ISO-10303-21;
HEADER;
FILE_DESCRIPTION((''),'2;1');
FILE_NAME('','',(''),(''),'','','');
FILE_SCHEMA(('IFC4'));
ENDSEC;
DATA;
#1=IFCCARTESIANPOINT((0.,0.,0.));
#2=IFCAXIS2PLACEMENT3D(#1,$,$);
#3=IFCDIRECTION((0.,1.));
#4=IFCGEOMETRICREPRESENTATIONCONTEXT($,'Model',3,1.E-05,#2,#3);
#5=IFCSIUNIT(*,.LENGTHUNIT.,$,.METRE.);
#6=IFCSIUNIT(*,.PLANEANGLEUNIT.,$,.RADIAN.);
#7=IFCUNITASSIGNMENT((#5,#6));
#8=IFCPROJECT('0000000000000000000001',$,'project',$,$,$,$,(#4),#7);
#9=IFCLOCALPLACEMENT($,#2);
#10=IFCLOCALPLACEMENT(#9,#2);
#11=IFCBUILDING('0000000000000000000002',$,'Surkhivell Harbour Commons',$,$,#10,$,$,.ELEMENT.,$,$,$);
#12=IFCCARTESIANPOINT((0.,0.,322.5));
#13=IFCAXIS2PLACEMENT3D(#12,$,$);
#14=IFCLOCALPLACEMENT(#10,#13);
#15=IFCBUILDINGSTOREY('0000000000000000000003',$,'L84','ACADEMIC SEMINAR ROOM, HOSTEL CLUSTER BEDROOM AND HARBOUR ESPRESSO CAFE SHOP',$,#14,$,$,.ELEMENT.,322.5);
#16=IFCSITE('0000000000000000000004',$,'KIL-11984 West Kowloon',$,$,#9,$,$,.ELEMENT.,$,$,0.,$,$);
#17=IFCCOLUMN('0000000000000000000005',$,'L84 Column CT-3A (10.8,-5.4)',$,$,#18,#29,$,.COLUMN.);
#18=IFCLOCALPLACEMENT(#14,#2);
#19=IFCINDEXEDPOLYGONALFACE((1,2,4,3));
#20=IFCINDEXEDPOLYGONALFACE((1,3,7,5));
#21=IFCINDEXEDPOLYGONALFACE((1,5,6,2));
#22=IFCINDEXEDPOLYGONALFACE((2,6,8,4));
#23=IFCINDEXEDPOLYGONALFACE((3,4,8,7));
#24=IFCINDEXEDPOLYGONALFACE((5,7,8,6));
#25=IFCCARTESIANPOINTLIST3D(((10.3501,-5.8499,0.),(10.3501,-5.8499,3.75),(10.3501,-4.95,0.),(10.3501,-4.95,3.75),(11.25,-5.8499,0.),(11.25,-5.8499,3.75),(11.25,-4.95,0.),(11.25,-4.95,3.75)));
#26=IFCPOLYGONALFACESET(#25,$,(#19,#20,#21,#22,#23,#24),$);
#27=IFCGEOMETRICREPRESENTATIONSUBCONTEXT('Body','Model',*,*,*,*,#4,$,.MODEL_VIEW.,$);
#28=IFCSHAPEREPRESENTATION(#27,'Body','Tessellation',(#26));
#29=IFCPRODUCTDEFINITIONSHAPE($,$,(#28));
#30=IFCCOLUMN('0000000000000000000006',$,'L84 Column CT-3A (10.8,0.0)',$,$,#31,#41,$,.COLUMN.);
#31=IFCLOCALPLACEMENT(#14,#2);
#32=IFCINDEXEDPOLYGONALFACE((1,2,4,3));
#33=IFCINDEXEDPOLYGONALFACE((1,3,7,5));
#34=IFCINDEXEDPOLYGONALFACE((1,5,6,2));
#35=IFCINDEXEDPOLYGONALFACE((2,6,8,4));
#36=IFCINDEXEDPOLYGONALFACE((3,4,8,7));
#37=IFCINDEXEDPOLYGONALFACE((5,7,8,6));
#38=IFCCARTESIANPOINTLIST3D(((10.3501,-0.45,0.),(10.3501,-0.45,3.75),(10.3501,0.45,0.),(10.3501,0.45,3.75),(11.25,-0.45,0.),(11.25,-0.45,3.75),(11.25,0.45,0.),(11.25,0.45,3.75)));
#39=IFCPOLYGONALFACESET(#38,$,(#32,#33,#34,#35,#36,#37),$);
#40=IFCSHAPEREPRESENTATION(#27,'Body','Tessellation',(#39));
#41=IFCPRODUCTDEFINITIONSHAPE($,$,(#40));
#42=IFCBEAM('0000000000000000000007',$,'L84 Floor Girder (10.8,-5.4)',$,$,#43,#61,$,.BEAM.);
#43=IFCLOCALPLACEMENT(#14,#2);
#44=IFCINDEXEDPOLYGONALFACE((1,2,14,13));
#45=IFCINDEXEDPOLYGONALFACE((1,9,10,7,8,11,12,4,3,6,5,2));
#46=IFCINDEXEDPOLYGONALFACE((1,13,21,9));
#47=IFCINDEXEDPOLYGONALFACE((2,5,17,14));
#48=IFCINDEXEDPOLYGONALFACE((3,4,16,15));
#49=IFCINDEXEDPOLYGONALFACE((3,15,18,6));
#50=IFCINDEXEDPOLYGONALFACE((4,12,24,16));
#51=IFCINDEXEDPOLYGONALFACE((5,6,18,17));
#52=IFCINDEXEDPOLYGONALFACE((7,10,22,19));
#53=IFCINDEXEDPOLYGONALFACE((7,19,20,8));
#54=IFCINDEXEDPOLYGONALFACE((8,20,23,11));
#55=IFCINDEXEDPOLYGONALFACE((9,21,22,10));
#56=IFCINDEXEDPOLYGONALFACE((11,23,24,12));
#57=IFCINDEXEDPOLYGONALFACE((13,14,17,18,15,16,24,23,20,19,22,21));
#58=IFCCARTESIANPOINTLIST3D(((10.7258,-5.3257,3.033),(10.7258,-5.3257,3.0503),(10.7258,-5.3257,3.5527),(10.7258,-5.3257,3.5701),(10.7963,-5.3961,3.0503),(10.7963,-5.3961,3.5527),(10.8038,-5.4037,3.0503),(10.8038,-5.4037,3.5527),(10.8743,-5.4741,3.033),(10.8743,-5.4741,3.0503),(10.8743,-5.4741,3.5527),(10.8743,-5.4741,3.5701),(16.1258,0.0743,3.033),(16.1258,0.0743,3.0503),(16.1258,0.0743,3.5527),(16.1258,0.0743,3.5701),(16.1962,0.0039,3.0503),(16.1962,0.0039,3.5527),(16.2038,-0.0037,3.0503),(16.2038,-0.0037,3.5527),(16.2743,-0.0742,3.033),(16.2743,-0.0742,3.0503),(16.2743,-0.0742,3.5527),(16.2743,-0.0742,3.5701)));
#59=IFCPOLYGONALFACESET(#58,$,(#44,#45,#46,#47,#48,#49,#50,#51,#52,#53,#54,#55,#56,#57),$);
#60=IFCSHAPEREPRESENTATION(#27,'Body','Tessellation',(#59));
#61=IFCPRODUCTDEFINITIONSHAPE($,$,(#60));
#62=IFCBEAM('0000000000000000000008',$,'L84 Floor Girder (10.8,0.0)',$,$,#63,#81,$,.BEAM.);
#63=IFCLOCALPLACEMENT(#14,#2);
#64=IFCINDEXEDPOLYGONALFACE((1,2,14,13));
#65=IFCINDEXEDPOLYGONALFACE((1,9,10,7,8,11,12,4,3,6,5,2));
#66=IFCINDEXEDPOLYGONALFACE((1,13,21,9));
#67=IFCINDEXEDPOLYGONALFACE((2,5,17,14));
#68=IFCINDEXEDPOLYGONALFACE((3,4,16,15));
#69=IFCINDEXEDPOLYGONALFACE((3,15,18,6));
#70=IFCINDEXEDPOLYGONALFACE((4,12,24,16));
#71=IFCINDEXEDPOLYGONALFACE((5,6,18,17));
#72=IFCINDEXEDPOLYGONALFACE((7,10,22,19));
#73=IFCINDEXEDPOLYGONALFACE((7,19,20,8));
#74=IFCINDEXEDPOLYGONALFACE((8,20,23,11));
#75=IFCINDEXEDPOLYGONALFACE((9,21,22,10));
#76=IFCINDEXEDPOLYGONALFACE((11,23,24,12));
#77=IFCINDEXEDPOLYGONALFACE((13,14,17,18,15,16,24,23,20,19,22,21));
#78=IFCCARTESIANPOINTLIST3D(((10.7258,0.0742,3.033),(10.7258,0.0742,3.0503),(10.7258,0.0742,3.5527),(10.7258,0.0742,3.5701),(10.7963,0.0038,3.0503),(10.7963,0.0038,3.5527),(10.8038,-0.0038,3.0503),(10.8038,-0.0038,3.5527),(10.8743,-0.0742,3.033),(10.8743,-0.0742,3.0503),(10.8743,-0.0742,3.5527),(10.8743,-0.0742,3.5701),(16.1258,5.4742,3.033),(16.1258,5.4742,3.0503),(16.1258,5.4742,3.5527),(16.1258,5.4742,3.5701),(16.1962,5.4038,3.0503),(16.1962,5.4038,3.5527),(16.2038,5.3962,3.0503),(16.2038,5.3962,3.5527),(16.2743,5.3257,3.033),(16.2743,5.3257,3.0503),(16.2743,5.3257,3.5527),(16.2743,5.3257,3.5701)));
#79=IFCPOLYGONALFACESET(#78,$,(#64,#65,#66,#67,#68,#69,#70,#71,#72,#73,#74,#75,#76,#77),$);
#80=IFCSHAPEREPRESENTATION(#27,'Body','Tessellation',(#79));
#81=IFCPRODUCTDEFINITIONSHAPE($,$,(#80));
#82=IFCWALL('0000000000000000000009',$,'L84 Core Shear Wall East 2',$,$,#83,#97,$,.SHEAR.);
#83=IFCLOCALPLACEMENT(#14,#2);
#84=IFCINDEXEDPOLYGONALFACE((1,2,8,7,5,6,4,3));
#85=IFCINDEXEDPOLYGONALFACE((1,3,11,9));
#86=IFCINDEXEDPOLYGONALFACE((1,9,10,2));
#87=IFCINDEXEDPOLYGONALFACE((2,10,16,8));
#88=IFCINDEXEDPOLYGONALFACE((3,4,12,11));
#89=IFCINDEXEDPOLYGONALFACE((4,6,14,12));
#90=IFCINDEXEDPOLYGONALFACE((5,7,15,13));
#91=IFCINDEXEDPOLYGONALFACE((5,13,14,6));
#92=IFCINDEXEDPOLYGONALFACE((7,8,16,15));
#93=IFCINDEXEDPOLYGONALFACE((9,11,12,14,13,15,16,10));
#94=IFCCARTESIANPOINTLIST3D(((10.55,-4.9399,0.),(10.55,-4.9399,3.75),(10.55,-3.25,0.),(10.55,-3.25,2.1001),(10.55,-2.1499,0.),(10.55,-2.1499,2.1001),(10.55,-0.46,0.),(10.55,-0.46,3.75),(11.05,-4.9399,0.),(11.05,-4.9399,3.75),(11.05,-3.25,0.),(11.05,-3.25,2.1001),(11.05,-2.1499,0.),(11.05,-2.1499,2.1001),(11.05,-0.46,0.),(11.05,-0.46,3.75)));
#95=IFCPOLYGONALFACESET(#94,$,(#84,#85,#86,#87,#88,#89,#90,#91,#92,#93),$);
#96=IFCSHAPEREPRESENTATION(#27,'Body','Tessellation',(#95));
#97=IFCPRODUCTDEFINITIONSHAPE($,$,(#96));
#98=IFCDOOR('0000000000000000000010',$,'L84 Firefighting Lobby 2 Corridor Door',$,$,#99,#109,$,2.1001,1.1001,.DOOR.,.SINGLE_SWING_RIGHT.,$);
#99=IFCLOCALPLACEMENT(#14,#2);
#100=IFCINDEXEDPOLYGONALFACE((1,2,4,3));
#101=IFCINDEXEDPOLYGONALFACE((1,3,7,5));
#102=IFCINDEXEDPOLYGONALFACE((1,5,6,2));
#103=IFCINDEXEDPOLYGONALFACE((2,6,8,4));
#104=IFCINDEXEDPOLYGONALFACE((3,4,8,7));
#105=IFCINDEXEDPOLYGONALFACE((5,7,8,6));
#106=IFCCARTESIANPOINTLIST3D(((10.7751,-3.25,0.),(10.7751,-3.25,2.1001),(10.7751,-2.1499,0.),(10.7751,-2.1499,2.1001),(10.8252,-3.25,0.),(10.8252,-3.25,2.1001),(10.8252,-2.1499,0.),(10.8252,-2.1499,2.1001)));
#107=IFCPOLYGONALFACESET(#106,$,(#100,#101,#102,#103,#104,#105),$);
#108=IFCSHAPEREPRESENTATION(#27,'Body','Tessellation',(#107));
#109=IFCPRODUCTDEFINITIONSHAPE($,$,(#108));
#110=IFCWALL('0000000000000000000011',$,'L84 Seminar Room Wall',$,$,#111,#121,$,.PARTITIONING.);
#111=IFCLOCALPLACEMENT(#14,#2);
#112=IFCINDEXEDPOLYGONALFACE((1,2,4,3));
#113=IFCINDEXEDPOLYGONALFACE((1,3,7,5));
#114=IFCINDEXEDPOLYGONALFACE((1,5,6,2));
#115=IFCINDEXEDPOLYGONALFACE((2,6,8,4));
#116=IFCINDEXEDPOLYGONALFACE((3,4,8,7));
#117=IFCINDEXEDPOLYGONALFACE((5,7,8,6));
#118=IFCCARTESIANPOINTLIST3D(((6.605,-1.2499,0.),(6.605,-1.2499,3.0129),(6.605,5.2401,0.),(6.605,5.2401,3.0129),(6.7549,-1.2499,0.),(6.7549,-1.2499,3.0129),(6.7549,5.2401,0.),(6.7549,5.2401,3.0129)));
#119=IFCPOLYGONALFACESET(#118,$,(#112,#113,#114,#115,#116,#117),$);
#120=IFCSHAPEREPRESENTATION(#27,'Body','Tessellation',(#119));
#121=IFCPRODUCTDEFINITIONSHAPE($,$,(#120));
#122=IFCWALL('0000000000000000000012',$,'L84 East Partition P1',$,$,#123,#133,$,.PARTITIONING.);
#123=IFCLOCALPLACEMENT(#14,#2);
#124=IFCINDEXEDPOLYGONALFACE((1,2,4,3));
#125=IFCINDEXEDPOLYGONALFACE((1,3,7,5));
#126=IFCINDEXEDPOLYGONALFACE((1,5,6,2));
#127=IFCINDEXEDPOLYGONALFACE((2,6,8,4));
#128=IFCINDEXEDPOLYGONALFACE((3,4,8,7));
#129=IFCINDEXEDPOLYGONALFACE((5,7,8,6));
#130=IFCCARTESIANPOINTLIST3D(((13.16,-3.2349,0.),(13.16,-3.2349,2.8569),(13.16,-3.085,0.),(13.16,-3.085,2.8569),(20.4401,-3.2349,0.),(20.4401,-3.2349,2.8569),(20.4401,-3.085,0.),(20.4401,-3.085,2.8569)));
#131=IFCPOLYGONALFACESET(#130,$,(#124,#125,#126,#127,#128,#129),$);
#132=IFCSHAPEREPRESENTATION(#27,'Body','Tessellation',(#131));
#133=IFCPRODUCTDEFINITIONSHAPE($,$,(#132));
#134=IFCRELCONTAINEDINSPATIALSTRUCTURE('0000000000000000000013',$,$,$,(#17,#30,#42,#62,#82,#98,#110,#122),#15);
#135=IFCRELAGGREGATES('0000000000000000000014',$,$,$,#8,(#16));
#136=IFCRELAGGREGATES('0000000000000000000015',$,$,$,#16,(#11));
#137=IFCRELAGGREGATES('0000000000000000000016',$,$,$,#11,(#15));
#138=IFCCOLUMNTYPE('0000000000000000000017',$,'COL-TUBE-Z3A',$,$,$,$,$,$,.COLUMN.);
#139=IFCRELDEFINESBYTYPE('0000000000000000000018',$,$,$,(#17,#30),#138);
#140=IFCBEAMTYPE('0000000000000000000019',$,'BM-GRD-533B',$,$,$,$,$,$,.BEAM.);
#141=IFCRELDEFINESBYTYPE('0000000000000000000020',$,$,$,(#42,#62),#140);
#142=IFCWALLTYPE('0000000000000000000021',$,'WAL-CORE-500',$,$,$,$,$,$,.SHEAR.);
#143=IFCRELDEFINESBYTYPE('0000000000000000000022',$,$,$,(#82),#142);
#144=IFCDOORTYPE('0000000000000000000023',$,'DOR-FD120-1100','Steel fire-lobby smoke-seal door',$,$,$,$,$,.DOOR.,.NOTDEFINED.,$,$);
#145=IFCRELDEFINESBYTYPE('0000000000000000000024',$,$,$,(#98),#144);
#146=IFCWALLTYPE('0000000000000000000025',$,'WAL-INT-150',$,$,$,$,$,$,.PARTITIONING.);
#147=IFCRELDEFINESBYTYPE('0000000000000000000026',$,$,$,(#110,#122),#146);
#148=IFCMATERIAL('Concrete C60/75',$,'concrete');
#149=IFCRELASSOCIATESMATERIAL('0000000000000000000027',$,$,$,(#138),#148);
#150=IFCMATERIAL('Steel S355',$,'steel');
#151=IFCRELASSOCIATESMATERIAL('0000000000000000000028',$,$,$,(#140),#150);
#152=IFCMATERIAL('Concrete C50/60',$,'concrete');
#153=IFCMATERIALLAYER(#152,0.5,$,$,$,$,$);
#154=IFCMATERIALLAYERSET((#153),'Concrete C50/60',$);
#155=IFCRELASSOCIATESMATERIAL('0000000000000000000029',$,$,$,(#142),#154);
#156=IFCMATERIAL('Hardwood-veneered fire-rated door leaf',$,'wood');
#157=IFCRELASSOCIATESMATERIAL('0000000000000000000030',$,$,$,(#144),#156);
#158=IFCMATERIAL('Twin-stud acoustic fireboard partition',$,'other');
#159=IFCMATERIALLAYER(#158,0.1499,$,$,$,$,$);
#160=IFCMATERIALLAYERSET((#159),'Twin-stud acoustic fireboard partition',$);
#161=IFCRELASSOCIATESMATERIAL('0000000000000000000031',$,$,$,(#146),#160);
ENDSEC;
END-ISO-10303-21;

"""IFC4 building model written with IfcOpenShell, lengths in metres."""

from ifc_helpers import new_model, si_unit, direction, frame, frame_2d, origin, origin_2d, place, context, subcontext, project, spatial, rectangle, i_section, extrude, material, layer, layer_set, material_profile, profile_set, type_object, element, fill, save


model = new_model("IFC4")

# Units and contexts
model_context = context("Model", 3, precision=1e-05, world=origin(), true_north=direction((0.0, 1.0)))
body_context = subcontext(model_context, "Body", "Model", "MODEL_VIEW")
ifc_project = project(units=[si_unit("LENGTHUNIT", "METRE"), si_unit("PLANEANGLEUNIT", "RADIAN")], contexts=[model_context])

# Site, building, storey
site_placement = place(None, origin())
site = spatial("IfcSite", under=ifc_project, at=site_placement, Name="KIL-11984 West Kowloon", CompositionType="ELEMENT", RefElevation=0.0)
building_placement = place(site_placement, origin())
building = spatial("IfcBuilding", under=site, at=building_placement, Name="Surkhivell Harbour Commons", CompositionType="ELEMENT")
storey_placement = place(building_placement, frame((0.0, 0.0, 322.5)))
storey = spatial("IfcBuildingStorey", under=building, at=storey_placement, Name="L84", Description="ACADEMIC SEMINAR ROOM, HOSTEL CLUSTER BEDROOM AND HARBOUR ESPRESSO CAFE SHOP", CompositionType="ELEMENT", Elevation=322.5)

# Columns
ifc_material_1 = material(Name="Concrete C60/75", Category="concrete")
ifc_material_profile_1 = material_profile(ifc_material_1, rectangle(XDim=0.8999, YDim=0.8999, at=origin_2d()), Name="RC-COL-900x900")
ifc_profile_set_1 = profile_set([ifc_material_profile_1], Name="Concrete C60/75")
column_type = type_object("IfcColumnType", Name="COL-TUBE-Z3A", PredefinedType="COLUMN", material=ifc_profile_set_1)
for number, where, z_axis, x_axis, name in (
    (1, (10.8, -5.3999, 0.0), (0.0, 0.0, 1.0), (1.0, 0.0, 0.0), "L84 Column CT-3A (10.8,-5.4)"),
    (2, (10.8, 0.0, 0.0), (0.0, 0.0, 1.0), (1.0, 0.0, 0.0), "L84 Column CT-3A (10.8,0.0)"),
):
    element("IfcColumn", number, at=place(storey_placement, frame(where, z_axis=z_axis, x_axis=x_axis)), inside=storey, type_object=column_type, Name=name, PredefinedType="COLUMN", context=body_context, shape_type="SweptSolid", body=[
        extrude(rectangle(XDim=0.8999, YDim=0.8999, at=origin_2d()), origin(), (0.0, 0.0, 1.0), 3.75),
    ])

# Beams
ifc_material_2 = material(Name="Steel S355", Category="steel")
ifc_material_profile_2 = material_profile(ifc_material_2, i_section(OverallWidth=0.21, OverallDepth=0.5371, WebThickness=0.0107, FlangeThickness=0.0173, at=origin_2d()), Name="UB533x210x101")
ifc_profile_set_2 = profile_set([ifc_material_profile_2], Name="Steel S355")
beam_type = type_object("IfcBeamType", Name="BM-GRD-533B", PredefinedType="BEAM", material=ifc_profile_set_2)
for number, where, z_axis, x_axis, name in (
    (3, (10.8, -5.3999, 3.3015), (0.707107, 0.707107, 0.0), (-0.707107, 0.707107, 0.0), "L84 Floor Girder (10.8,-5.4)"),
    (4, (10.8, 0.0, 3.3015), (0.707107, 0.707107, 0.0), (-0.707107, 0.707107, 0.0), "L84 Floor Girder (10.8,0.0)"),
):
    element("IfcBeam", number, at=place(storey_placement, frame(where, z_axis=z_axis, x_axis=x_axis)), inside=storey, type_object=beam_type, Name=name, PredefinedType="BEAM", context=body_context, shape_type="SweptSolid", body=[
        extrude(i_section(OverallWidth=0.21, OverallDepth=0.5371, WebThickness=0.0107, FlangeThickness=0.0173, at=origin_2d()), origin(), (0.0, 0.0, 1.0), 7.6367),
    ])

# Wall, opening, door
ifc_material_3 = material(Name="Concrete C50/60", Category="concrete")
ifc_layer_1 = layer(ifc_material_3, 0.5)
ifc_layer_set_1 = layer_set([ifc_layer_1], Name="Concrete C50/60")
wall_type_1 = type_object("IfcWallType", Name="WAL-CORE-500", PredefinedType="SHEAR", material=ifc_layer_set_1)
wall_1_placement = place(storey_placement, frame((10.8, -4.9399, 0.0), z_axis=(0.0, 0.0, 1.0), x_axis=(0.0, 1.0, 0.0)))
wall_1 = element("IfcWall", 5, at=wall_1_placement, inside=storey, type_object=wall_type_1, Name="L84 Core Shear Wall East 2", PredefinedType="SHEAR", context=body_context, shape_type="SweptSolid", body=[
    extrude(rectangle(XDim=4.48, YDim=0.5, at=frame_2d((2.24, 0.0))), origin(), (0.0, 0.0, 1.0), 3.75),
])
opening_1_placement = place(wall_1_placement, frame((1.6899, 0.0, 0.0)))
opening_1 = element("IfcOpeningElement", 6, at=opening_1_placement, cuts=wall_1, PredefinedType="OPENING", context=body_context, shape_type="SweptSolid", body=[
    extrude(rectangle(XDim=1.1001, YDim=2.1001, at=frame_2d((0.55, 1.05))), frame((0.0, 0.26, 0.0), z_axis=(0.0, -1.0, 0.0), x_axis=(1.0, 0.0, 0.0)), (0.0, 0.0, 1.0), 0.52),
])
ifc_material_4 = material(Name="Hardwood-veneered fire-rated door leaf", Category="wood")
door_type_1 = type_object("IfcDoorType", Name="DOR-FD120-1100", Description="Steel fire-lobby smoke-seal door", OperationType="NOTDEFINED", PredefinedType="DOOR", material=ifc_material_4)
door_1_placement = place(opening_1_placement, origin())
door_1 = element("IfcDoor", 7, at=door_1_placement, inside=storey, type_object=door_type_1, Name="L84 Firefighting Lobby 2 Corridor Door", OperationType="SINGLE_SWING_RIGHT", OverallHeight=2.1001, OverallWidth=1.1001, PredefinedType="DOOR", context=body_context, shape_type="SweptSolid", body=[
    extrude(rectangle(XDim=1.1001, YDim=2.1001, at=frame_2d((0.55, 1.05))), frame((0.0, 0.0249, 0.0), z_axis=(0.0, -1.0, 0.0), x_axis=(1.0, 0.0, 0.0)), (0.0, 0.0, 1.0), 0.05),
])
fill(opening_1, door_1)

# Walls
ifc_material_5 = material(Name="Twin-stud acoustic fireboard partition", Category="other")
ifc_layer_2 = layer(ifc_material_5, 0.1499)
ifc_layer_set_2 = layer_set([ifc_layer_2], Name="Twin-stud acoustic fireboard partition")
wall_type_2 = type_object("IfcWallType", Name="WAL-INT-150", PredefinedType="PARTITIONING", material=ifc_layer_set_2)
wall_2_placement = place(storey_placement, frame((6.6799, -1.25, 0.0), z_axis=(0.0, 0.0, 1.0), x_axis=(0.0, 1.0, 0.0)))
element("IfcWall", 8, at=wall_2_placement, inside=storey, type_object=wall_type_2, Name="L84 Seminar Room Wall", PredefinedType="PARTITIONING", context=body_context, shape_type="SweptSolid", body=[
    extrude(rectangle(XDim=6.49, YDim=0.1499, at=frame_2d((3.2451, 0.0))), origin(), (0.0, 0.0, 1.0), 3.0129),
])
wall_3_placement = place(storey_placement, frame((13.1599, -3.1599, 0.0), z_axis=(0.0, 0.0, 1.0), x_axis=(1.0, 0.0, 0.0)))
element("IfcWall", 9, at=wall_3_placement, inside=storey, type_object=wall_type_2, Name="L84 East Partition P1", PredefinedType="PARTITIONING", context=body_context, shape_type="SweptSolid", body=[
    extrude(rectangle(XDim=7.28, YDim=0.1499, at=frame_2d((3.6401, 0.0))), origin(), (0.0, 0.0, 1.0), 2.8569),
])

save(model, "model.ifc")
